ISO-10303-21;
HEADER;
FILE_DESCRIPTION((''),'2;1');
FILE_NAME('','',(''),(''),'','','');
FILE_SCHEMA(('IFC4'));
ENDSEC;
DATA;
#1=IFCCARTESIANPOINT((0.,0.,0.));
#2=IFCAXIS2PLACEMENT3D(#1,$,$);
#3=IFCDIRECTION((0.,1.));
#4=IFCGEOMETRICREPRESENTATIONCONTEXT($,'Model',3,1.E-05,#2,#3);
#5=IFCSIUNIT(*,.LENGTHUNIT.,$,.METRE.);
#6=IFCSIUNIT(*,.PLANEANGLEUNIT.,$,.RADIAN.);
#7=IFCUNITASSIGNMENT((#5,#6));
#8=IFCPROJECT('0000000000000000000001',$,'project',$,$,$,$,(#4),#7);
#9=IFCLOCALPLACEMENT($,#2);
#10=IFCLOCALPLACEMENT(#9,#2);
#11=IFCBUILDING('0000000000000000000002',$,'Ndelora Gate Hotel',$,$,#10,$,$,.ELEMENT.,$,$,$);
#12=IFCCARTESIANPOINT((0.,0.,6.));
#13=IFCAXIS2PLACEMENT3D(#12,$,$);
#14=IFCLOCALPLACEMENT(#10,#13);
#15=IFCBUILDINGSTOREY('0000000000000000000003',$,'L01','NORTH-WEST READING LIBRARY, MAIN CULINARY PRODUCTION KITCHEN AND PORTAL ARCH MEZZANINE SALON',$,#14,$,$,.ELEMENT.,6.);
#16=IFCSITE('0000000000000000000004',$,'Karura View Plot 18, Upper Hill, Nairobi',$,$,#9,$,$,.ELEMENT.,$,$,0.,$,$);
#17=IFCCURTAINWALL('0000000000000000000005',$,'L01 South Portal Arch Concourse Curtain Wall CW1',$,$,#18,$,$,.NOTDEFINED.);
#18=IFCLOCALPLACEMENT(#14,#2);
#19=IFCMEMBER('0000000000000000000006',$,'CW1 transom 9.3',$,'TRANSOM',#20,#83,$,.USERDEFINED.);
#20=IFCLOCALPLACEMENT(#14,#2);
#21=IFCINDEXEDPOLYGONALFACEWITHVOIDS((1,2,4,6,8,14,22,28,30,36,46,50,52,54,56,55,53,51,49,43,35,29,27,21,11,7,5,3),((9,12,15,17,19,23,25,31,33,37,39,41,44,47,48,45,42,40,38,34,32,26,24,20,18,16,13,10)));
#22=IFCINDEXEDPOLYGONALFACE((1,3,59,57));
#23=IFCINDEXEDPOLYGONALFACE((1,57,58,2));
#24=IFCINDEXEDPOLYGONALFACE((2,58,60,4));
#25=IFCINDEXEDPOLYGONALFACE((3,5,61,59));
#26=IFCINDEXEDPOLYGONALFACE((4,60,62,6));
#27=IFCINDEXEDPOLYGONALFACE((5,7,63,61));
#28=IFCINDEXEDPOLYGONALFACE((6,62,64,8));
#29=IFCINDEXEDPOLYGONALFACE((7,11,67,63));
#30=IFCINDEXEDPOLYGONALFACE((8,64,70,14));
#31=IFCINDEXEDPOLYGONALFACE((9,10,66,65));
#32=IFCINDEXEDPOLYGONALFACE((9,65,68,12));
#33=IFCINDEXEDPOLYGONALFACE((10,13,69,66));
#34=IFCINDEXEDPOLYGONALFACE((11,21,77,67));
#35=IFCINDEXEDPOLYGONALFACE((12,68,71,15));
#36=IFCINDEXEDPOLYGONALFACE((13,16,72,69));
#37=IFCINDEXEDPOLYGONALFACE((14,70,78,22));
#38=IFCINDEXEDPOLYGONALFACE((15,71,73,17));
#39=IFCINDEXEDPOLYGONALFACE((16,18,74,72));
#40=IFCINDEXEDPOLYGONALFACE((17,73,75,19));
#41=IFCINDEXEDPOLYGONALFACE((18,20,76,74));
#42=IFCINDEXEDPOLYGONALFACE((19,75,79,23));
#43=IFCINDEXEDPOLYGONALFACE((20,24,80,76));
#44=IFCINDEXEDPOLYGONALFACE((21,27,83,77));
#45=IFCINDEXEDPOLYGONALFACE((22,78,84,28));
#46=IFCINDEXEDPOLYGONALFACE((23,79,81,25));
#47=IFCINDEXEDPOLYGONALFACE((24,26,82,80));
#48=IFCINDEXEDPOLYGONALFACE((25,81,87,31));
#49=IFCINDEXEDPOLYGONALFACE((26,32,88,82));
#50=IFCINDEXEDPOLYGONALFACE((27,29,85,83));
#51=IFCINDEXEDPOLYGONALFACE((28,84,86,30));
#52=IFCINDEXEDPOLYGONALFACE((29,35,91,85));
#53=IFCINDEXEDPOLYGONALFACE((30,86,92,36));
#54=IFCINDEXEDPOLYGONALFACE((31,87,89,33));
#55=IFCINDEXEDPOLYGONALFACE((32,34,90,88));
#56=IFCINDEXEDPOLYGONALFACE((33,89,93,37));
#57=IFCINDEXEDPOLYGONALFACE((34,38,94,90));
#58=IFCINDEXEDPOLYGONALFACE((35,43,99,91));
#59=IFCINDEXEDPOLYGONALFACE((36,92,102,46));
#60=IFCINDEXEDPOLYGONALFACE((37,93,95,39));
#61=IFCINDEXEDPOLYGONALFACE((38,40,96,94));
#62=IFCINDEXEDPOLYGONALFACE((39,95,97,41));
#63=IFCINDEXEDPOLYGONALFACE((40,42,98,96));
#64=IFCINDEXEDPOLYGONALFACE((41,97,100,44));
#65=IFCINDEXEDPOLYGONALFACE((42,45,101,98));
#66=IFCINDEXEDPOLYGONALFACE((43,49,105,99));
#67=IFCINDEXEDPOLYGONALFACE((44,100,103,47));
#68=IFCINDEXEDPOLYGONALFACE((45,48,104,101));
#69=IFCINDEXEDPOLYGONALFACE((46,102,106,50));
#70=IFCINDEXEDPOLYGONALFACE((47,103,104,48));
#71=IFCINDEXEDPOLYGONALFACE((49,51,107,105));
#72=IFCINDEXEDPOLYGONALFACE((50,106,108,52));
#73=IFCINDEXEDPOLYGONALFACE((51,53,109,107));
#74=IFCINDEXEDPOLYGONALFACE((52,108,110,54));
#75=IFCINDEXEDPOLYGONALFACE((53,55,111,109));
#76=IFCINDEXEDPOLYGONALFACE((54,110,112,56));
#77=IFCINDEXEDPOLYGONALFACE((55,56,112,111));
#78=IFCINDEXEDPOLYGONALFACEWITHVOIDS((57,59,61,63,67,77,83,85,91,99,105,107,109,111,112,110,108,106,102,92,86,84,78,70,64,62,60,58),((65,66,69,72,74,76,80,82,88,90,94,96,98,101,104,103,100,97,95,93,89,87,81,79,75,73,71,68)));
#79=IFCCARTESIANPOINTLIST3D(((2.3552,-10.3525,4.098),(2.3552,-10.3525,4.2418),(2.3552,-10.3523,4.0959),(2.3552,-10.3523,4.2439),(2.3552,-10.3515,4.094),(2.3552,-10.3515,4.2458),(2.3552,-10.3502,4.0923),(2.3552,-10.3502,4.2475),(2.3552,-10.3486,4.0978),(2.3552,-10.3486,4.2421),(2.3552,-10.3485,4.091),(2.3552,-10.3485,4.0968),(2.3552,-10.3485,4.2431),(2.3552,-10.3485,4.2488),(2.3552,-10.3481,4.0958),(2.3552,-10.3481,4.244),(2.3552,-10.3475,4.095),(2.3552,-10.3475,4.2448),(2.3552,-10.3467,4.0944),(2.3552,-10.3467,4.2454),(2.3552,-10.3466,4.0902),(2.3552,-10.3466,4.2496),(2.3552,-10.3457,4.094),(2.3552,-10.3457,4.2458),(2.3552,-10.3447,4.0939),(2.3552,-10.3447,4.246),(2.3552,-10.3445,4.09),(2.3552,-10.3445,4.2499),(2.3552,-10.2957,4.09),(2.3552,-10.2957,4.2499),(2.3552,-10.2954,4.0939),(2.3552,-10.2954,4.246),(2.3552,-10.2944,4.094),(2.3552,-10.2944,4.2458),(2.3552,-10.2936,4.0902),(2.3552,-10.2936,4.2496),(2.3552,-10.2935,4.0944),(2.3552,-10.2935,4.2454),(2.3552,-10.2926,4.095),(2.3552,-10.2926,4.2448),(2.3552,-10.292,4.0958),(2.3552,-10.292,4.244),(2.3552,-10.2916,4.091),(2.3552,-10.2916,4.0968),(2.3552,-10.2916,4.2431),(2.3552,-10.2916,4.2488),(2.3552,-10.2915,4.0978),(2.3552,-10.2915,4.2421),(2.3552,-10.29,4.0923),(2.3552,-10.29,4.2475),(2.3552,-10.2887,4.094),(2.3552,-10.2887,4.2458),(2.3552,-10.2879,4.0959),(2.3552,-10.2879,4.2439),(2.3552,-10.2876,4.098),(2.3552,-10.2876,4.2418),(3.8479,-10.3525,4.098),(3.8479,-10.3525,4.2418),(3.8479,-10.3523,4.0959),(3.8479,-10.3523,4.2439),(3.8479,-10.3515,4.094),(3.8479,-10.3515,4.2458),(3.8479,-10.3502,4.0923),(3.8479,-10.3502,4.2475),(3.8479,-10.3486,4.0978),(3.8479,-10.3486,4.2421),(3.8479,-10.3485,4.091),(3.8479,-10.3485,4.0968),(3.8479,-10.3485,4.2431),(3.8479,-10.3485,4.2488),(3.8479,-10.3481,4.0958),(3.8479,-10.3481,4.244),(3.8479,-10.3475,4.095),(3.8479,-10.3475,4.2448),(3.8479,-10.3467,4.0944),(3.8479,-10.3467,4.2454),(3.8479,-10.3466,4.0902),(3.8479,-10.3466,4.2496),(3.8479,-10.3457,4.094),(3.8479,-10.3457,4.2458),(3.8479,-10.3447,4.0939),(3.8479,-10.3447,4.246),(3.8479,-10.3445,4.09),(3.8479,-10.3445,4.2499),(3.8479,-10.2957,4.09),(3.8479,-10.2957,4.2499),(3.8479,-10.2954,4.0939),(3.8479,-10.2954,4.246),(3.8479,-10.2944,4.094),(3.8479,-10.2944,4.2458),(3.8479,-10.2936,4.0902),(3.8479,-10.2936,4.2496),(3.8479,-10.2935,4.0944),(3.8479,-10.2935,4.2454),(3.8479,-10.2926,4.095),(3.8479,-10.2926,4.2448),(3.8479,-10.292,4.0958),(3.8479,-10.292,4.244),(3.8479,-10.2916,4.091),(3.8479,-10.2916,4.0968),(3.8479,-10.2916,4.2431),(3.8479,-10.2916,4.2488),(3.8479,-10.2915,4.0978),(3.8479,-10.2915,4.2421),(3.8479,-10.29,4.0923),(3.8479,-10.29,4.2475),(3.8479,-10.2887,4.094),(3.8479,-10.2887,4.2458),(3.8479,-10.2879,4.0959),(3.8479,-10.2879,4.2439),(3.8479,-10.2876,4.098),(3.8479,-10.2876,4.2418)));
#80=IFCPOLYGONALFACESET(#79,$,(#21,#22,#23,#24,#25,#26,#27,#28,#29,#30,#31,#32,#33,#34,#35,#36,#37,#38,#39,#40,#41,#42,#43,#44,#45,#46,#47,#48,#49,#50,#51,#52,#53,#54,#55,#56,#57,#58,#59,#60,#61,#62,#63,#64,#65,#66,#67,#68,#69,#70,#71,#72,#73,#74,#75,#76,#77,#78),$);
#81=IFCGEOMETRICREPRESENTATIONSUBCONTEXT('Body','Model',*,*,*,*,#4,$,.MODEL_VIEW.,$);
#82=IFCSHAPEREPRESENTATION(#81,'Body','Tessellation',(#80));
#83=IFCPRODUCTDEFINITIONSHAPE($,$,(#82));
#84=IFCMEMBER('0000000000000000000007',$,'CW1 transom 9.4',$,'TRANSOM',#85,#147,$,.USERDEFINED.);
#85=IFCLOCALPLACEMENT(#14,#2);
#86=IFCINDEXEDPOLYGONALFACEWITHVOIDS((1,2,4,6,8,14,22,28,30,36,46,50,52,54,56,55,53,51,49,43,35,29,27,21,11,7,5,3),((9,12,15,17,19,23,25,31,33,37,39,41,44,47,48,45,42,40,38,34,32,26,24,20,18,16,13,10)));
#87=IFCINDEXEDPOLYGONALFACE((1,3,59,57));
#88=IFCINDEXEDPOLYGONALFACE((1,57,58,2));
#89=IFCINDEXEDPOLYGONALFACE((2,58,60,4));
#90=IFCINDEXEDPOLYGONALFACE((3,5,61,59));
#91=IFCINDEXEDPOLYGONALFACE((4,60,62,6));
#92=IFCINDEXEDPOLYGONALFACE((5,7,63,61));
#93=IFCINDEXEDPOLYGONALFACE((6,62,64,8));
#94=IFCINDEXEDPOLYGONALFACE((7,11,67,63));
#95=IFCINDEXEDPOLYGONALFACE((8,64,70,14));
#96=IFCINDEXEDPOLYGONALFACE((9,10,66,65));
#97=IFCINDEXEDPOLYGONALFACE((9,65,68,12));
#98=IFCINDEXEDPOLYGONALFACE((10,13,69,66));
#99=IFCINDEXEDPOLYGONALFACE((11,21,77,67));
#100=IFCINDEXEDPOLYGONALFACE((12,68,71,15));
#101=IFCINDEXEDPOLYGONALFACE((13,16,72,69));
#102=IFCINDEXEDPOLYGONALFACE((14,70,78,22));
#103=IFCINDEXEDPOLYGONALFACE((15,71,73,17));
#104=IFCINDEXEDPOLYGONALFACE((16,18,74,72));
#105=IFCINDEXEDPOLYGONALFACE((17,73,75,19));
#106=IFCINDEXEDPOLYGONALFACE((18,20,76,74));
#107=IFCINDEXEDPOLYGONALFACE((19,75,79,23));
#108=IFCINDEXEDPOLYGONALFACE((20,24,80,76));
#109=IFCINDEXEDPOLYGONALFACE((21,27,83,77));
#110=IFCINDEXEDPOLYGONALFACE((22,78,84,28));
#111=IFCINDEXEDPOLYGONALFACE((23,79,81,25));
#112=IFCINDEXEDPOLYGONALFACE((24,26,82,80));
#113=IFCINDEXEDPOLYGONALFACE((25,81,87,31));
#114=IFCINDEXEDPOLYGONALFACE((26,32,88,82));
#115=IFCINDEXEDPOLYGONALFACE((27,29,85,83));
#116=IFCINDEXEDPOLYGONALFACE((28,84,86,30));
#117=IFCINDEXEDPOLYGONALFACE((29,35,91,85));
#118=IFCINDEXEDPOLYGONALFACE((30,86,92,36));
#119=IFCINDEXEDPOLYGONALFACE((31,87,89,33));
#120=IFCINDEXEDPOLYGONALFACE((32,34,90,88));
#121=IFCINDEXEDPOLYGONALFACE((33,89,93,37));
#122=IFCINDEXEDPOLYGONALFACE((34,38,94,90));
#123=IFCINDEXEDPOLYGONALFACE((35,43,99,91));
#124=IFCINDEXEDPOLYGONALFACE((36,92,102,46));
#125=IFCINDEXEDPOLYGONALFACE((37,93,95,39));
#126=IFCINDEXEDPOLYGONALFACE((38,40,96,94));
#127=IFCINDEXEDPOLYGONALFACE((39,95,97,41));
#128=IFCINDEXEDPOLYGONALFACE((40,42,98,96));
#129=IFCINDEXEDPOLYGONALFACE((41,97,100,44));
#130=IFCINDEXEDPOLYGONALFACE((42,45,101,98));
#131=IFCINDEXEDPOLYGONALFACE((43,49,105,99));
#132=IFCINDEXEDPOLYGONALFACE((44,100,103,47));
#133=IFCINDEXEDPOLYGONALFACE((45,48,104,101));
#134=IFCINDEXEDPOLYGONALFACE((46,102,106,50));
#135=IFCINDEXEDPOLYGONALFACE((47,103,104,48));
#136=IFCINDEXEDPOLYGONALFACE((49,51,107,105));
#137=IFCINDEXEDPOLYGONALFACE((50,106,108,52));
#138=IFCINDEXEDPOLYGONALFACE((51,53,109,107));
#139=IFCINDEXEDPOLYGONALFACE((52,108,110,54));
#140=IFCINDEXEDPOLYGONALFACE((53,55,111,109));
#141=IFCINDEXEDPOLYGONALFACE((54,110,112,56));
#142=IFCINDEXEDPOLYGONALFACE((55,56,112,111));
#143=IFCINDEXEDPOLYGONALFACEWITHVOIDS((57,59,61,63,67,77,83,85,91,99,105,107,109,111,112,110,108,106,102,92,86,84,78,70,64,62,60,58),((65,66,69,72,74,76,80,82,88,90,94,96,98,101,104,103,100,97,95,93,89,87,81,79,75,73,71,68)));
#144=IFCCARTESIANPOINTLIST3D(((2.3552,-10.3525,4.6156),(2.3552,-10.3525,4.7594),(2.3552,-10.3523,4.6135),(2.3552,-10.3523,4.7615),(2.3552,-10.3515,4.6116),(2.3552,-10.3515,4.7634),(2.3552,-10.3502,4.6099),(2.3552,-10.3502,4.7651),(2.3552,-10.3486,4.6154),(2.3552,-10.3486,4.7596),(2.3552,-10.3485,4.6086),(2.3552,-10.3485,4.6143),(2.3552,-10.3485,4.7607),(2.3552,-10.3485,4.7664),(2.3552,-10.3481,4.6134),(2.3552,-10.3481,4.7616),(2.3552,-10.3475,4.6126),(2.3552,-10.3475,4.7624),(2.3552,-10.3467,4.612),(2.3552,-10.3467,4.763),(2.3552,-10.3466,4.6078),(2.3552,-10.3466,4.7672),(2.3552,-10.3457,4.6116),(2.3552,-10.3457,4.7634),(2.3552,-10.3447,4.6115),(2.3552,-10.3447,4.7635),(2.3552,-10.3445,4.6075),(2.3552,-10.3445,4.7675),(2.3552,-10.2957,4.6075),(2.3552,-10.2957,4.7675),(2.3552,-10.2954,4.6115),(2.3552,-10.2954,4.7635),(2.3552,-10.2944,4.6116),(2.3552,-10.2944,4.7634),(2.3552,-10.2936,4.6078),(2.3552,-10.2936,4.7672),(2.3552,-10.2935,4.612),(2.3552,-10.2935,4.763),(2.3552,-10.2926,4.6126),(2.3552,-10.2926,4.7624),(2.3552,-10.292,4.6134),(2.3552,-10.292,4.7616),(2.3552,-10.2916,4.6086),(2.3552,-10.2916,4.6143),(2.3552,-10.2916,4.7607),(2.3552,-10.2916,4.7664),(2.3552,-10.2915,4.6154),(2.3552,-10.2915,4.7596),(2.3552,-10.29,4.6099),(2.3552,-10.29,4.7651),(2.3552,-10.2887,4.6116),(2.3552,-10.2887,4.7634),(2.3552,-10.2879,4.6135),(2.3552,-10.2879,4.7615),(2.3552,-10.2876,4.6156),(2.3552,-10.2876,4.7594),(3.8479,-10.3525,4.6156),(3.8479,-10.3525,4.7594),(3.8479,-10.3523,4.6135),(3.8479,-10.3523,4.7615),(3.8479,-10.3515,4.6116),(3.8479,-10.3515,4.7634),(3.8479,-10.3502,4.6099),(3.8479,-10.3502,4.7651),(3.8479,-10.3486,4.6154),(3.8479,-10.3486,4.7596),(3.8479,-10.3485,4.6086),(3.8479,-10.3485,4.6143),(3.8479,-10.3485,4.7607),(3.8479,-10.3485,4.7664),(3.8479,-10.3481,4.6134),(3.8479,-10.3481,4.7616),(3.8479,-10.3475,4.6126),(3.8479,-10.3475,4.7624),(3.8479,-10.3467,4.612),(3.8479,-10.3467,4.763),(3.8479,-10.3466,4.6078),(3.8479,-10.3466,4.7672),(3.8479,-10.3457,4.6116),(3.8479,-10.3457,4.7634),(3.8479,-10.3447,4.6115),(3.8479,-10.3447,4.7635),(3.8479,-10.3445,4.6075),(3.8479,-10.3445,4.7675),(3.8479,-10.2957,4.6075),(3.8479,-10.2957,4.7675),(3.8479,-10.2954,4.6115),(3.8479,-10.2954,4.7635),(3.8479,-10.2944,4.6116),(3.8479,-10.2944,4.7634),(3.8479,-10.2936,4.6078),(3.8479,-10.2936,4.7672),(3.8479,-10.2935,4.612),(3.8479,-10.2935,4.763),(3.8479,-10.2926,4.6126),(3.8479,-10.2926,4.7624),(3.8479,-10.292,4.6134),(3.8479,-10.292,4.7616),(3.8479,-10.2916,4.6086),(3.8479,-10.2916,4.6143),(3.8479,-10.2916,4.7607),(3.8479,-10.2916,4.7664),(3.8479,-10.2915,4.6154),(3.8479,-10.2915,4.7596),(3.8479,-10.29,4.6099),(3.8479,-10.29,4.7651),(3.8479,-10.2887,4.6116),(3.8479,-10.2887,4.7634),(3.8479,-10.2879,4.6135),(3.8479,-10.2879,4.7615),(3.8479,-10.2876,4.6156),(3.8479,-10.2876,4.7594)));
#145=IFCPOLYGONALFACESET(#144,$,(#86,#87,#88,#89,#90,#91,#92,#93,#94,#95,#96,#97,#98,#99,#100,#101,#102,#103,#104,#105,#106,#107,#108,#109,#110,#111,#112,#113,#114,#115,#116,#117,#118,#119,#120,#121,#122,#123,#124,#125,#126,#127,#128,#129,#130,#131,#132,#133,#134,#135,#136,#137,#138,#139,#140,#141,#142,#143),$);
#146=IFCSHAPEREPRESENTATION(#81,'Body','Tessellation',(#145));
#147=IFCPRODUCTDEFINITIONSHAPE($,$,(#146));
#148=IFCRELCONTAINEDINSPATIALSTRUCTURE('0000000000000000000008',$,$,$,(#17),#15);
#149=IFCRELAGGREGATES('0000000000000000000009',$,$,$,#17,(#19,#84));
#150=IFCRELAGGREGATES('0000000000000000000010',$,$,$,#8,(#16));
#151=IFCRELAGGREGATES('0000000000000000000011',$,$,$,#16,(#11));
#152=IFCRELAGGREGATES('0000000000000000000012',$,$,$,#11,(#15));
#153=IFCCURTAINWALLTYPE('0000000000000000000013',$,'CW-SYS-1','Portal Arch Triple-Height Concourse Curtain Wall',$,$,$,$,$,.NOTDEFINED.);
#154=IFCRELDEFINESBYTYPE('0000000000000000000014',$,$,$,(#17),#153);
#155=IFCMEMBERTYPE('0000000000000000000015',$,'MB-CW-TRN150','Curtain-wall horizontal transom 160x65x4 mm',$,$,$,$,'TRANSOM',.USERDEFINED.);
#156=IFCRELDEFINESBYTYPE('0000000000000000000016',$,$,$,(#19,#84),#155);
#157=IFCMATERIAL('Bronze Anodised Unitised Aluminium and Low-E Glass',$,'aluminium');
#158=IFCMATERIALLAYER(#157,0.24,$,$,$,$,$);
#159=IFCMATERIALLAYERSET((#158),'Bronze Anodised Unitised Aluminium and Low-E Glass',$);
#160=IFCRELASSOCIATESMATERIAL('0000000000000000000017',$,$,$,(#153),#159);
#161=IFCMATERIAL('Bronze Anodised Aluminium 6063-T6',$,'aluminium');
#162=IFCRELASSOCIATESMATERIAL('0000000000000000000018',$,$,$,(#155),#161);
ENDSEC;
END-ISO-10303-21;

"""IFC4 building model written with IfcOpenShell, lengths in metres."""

from ifc_helpers import new_model, si_unit, direction, frame, origin, origin_2d, place, context, subcontext, project, spatial, hollow_rectangle, extrude, material, layer, layer_set, material_profile, profile_set, type_object, element, aggregate, save


model = new_model("IFC4")

# Units and contexts
model_context = context("Model", 3, precision=1e-05, world=origin(), true_north=direction((0.0, 1.0)))
body_context = subcontext(model_context, "Body", "Model", "MODEL_VIEW")
ifc_project = project(units=[si_unit("LENGTHUNIT", "METRE"), si_unit("PLANEANGLEUNIT", "RADIAN")], contexts=[model_context])

# Site, building, storey
site_placement = place(None, origin())
site = spatial("IfcSite", under=ifc_project, at=site_placement, Name="Karura View Plot 18, Upper Hill, Nairobi", CompositionType="ELEMENT", RefElevation=0.0)
building_placement = place(site_placement, origin())
building = spatial("IfcBuilding", under=site, at=building_placement, Name="Ndelora Gate Hotel", CompositionType="ELEMENT")
storey_placement = place(building_placement, frame((0.0, 0.0, 6.0)))
storey = spatial("IfcBuildingStorey", under=building, at=storey_placement, Name="L01", Description="NORTH-WEST READING LIBRARY, MAIN CULINARY PRODUCTION KITCHEN AND PORTAL ARCH MEZZANINE SALON", CompositionType="ELEMENT", Elevation=6.0)

# Curtain wall, members
ifc_material_1 = material(Name="Bronze Anodised Unitised Aluminium and Low-E Glass", Category="aluminium")
ifc_layer_1 = layer(ifc_material_1, 0.24)
ifc_layer_set_1 = layer_set([ifc_layer_1], Name="Bronze Anodised Unitised Aluminium and Low-E Glass")
curtain_wall_type = type_object("IfcCurtainWallType", Name="CW-SYS-1", Description="Portal Arch Triple-Height Concourse Curtain Wall", PredefinedType="NOTDEFINED", material=ifc_layer_set_1)
curtain_wall_placement = place(storey_placement, origin())
curtain_wall = element("IfcCurtainWall", 1, at=curtain_wall_placement, inside=storey, type_object=curtain_wall_type, Name="L01 South Portal Arch Concourse Curtain Wall CW1", PredefinedType="NOTDEFINED")
ifc_material_2 = material(Name="Bronze Anodised Aluminium 6063-T6", Category="aluminium")
ifc_material_profile_1 = material_profile(ifc_material_2, hollow_rectangle(XDim=0.0649, YDim=0.1599, WallThickness=0.0039, InnerFilletRadius=0.0039, OuterFilletRadius=0.0081, at=origin_2d()), Name="ALU 160x65x4")
ifc_profile_set_1 = profile_set([ifc_material_profile_1], Name="Bronze Anodised Aluminium 6063-T6")
member_type_1 = type_object("IfcMemberType", Name="MB-CW-TRN150", Description="Curtain-wall horizontal transom 160x65x4 mm", ElementType="TRANSOM", PredefinedType="USERDEFINED", material=ifc_profile_set_1)
member_1_placement = place(storey_placement, frame((2.3552, -10.3201, 4.1699), z_axis=(1.0, 0.0, 0.0), x_axis=(0.0, 1.0, 0.0)))
member_1 = element("IfcMember", 2, at=member_1_placement, type_object=member_type_1, Name="CW1 transom 9.3", ObjectType="TRANSOM", PredefinedType="USERDEFINED", context=body_context, shape_type="SweptSolid", body=[
    extrude(hollow_rectangle(XDim=0.0649, YDim=0.1599, WallThickness=0.0039, InnerFilletRadius=0.0039, OuterFilletRadius=0.0081, at=origin_2d()), origin(), (0.0, 0.0, 1.0), 1.4927),
])
member_2_placement = place(storey_placement, frame((2.3552, -10.3201, 4.6875), z_axis=(1.0, 0.0, 0.0), x_axis=(0.0, 1.0, 0.0)))
member_2 = element("IfcMember", 3, at=member_2_placement, type_object=member_type_1, Name="CW1 transom 9.4", ObjectType="TRANSOM", PredefinedType="USERDEFINED", context=body_context, shape_type="SweptSolid", body=[
    extrude(hollow_rectangle(XDim=0.0649, YDim=0.1599, WallThickness=0.0039, InnerFilletRadius=0.0039, OuterFilletRadius=0.0081, at=origin_2d()), origin(), (0.0, 0.0, 1.0), 1.4927),
])
aggregate(curtain_wall, [member_1, member_2])

save(model, "model.ifc")
